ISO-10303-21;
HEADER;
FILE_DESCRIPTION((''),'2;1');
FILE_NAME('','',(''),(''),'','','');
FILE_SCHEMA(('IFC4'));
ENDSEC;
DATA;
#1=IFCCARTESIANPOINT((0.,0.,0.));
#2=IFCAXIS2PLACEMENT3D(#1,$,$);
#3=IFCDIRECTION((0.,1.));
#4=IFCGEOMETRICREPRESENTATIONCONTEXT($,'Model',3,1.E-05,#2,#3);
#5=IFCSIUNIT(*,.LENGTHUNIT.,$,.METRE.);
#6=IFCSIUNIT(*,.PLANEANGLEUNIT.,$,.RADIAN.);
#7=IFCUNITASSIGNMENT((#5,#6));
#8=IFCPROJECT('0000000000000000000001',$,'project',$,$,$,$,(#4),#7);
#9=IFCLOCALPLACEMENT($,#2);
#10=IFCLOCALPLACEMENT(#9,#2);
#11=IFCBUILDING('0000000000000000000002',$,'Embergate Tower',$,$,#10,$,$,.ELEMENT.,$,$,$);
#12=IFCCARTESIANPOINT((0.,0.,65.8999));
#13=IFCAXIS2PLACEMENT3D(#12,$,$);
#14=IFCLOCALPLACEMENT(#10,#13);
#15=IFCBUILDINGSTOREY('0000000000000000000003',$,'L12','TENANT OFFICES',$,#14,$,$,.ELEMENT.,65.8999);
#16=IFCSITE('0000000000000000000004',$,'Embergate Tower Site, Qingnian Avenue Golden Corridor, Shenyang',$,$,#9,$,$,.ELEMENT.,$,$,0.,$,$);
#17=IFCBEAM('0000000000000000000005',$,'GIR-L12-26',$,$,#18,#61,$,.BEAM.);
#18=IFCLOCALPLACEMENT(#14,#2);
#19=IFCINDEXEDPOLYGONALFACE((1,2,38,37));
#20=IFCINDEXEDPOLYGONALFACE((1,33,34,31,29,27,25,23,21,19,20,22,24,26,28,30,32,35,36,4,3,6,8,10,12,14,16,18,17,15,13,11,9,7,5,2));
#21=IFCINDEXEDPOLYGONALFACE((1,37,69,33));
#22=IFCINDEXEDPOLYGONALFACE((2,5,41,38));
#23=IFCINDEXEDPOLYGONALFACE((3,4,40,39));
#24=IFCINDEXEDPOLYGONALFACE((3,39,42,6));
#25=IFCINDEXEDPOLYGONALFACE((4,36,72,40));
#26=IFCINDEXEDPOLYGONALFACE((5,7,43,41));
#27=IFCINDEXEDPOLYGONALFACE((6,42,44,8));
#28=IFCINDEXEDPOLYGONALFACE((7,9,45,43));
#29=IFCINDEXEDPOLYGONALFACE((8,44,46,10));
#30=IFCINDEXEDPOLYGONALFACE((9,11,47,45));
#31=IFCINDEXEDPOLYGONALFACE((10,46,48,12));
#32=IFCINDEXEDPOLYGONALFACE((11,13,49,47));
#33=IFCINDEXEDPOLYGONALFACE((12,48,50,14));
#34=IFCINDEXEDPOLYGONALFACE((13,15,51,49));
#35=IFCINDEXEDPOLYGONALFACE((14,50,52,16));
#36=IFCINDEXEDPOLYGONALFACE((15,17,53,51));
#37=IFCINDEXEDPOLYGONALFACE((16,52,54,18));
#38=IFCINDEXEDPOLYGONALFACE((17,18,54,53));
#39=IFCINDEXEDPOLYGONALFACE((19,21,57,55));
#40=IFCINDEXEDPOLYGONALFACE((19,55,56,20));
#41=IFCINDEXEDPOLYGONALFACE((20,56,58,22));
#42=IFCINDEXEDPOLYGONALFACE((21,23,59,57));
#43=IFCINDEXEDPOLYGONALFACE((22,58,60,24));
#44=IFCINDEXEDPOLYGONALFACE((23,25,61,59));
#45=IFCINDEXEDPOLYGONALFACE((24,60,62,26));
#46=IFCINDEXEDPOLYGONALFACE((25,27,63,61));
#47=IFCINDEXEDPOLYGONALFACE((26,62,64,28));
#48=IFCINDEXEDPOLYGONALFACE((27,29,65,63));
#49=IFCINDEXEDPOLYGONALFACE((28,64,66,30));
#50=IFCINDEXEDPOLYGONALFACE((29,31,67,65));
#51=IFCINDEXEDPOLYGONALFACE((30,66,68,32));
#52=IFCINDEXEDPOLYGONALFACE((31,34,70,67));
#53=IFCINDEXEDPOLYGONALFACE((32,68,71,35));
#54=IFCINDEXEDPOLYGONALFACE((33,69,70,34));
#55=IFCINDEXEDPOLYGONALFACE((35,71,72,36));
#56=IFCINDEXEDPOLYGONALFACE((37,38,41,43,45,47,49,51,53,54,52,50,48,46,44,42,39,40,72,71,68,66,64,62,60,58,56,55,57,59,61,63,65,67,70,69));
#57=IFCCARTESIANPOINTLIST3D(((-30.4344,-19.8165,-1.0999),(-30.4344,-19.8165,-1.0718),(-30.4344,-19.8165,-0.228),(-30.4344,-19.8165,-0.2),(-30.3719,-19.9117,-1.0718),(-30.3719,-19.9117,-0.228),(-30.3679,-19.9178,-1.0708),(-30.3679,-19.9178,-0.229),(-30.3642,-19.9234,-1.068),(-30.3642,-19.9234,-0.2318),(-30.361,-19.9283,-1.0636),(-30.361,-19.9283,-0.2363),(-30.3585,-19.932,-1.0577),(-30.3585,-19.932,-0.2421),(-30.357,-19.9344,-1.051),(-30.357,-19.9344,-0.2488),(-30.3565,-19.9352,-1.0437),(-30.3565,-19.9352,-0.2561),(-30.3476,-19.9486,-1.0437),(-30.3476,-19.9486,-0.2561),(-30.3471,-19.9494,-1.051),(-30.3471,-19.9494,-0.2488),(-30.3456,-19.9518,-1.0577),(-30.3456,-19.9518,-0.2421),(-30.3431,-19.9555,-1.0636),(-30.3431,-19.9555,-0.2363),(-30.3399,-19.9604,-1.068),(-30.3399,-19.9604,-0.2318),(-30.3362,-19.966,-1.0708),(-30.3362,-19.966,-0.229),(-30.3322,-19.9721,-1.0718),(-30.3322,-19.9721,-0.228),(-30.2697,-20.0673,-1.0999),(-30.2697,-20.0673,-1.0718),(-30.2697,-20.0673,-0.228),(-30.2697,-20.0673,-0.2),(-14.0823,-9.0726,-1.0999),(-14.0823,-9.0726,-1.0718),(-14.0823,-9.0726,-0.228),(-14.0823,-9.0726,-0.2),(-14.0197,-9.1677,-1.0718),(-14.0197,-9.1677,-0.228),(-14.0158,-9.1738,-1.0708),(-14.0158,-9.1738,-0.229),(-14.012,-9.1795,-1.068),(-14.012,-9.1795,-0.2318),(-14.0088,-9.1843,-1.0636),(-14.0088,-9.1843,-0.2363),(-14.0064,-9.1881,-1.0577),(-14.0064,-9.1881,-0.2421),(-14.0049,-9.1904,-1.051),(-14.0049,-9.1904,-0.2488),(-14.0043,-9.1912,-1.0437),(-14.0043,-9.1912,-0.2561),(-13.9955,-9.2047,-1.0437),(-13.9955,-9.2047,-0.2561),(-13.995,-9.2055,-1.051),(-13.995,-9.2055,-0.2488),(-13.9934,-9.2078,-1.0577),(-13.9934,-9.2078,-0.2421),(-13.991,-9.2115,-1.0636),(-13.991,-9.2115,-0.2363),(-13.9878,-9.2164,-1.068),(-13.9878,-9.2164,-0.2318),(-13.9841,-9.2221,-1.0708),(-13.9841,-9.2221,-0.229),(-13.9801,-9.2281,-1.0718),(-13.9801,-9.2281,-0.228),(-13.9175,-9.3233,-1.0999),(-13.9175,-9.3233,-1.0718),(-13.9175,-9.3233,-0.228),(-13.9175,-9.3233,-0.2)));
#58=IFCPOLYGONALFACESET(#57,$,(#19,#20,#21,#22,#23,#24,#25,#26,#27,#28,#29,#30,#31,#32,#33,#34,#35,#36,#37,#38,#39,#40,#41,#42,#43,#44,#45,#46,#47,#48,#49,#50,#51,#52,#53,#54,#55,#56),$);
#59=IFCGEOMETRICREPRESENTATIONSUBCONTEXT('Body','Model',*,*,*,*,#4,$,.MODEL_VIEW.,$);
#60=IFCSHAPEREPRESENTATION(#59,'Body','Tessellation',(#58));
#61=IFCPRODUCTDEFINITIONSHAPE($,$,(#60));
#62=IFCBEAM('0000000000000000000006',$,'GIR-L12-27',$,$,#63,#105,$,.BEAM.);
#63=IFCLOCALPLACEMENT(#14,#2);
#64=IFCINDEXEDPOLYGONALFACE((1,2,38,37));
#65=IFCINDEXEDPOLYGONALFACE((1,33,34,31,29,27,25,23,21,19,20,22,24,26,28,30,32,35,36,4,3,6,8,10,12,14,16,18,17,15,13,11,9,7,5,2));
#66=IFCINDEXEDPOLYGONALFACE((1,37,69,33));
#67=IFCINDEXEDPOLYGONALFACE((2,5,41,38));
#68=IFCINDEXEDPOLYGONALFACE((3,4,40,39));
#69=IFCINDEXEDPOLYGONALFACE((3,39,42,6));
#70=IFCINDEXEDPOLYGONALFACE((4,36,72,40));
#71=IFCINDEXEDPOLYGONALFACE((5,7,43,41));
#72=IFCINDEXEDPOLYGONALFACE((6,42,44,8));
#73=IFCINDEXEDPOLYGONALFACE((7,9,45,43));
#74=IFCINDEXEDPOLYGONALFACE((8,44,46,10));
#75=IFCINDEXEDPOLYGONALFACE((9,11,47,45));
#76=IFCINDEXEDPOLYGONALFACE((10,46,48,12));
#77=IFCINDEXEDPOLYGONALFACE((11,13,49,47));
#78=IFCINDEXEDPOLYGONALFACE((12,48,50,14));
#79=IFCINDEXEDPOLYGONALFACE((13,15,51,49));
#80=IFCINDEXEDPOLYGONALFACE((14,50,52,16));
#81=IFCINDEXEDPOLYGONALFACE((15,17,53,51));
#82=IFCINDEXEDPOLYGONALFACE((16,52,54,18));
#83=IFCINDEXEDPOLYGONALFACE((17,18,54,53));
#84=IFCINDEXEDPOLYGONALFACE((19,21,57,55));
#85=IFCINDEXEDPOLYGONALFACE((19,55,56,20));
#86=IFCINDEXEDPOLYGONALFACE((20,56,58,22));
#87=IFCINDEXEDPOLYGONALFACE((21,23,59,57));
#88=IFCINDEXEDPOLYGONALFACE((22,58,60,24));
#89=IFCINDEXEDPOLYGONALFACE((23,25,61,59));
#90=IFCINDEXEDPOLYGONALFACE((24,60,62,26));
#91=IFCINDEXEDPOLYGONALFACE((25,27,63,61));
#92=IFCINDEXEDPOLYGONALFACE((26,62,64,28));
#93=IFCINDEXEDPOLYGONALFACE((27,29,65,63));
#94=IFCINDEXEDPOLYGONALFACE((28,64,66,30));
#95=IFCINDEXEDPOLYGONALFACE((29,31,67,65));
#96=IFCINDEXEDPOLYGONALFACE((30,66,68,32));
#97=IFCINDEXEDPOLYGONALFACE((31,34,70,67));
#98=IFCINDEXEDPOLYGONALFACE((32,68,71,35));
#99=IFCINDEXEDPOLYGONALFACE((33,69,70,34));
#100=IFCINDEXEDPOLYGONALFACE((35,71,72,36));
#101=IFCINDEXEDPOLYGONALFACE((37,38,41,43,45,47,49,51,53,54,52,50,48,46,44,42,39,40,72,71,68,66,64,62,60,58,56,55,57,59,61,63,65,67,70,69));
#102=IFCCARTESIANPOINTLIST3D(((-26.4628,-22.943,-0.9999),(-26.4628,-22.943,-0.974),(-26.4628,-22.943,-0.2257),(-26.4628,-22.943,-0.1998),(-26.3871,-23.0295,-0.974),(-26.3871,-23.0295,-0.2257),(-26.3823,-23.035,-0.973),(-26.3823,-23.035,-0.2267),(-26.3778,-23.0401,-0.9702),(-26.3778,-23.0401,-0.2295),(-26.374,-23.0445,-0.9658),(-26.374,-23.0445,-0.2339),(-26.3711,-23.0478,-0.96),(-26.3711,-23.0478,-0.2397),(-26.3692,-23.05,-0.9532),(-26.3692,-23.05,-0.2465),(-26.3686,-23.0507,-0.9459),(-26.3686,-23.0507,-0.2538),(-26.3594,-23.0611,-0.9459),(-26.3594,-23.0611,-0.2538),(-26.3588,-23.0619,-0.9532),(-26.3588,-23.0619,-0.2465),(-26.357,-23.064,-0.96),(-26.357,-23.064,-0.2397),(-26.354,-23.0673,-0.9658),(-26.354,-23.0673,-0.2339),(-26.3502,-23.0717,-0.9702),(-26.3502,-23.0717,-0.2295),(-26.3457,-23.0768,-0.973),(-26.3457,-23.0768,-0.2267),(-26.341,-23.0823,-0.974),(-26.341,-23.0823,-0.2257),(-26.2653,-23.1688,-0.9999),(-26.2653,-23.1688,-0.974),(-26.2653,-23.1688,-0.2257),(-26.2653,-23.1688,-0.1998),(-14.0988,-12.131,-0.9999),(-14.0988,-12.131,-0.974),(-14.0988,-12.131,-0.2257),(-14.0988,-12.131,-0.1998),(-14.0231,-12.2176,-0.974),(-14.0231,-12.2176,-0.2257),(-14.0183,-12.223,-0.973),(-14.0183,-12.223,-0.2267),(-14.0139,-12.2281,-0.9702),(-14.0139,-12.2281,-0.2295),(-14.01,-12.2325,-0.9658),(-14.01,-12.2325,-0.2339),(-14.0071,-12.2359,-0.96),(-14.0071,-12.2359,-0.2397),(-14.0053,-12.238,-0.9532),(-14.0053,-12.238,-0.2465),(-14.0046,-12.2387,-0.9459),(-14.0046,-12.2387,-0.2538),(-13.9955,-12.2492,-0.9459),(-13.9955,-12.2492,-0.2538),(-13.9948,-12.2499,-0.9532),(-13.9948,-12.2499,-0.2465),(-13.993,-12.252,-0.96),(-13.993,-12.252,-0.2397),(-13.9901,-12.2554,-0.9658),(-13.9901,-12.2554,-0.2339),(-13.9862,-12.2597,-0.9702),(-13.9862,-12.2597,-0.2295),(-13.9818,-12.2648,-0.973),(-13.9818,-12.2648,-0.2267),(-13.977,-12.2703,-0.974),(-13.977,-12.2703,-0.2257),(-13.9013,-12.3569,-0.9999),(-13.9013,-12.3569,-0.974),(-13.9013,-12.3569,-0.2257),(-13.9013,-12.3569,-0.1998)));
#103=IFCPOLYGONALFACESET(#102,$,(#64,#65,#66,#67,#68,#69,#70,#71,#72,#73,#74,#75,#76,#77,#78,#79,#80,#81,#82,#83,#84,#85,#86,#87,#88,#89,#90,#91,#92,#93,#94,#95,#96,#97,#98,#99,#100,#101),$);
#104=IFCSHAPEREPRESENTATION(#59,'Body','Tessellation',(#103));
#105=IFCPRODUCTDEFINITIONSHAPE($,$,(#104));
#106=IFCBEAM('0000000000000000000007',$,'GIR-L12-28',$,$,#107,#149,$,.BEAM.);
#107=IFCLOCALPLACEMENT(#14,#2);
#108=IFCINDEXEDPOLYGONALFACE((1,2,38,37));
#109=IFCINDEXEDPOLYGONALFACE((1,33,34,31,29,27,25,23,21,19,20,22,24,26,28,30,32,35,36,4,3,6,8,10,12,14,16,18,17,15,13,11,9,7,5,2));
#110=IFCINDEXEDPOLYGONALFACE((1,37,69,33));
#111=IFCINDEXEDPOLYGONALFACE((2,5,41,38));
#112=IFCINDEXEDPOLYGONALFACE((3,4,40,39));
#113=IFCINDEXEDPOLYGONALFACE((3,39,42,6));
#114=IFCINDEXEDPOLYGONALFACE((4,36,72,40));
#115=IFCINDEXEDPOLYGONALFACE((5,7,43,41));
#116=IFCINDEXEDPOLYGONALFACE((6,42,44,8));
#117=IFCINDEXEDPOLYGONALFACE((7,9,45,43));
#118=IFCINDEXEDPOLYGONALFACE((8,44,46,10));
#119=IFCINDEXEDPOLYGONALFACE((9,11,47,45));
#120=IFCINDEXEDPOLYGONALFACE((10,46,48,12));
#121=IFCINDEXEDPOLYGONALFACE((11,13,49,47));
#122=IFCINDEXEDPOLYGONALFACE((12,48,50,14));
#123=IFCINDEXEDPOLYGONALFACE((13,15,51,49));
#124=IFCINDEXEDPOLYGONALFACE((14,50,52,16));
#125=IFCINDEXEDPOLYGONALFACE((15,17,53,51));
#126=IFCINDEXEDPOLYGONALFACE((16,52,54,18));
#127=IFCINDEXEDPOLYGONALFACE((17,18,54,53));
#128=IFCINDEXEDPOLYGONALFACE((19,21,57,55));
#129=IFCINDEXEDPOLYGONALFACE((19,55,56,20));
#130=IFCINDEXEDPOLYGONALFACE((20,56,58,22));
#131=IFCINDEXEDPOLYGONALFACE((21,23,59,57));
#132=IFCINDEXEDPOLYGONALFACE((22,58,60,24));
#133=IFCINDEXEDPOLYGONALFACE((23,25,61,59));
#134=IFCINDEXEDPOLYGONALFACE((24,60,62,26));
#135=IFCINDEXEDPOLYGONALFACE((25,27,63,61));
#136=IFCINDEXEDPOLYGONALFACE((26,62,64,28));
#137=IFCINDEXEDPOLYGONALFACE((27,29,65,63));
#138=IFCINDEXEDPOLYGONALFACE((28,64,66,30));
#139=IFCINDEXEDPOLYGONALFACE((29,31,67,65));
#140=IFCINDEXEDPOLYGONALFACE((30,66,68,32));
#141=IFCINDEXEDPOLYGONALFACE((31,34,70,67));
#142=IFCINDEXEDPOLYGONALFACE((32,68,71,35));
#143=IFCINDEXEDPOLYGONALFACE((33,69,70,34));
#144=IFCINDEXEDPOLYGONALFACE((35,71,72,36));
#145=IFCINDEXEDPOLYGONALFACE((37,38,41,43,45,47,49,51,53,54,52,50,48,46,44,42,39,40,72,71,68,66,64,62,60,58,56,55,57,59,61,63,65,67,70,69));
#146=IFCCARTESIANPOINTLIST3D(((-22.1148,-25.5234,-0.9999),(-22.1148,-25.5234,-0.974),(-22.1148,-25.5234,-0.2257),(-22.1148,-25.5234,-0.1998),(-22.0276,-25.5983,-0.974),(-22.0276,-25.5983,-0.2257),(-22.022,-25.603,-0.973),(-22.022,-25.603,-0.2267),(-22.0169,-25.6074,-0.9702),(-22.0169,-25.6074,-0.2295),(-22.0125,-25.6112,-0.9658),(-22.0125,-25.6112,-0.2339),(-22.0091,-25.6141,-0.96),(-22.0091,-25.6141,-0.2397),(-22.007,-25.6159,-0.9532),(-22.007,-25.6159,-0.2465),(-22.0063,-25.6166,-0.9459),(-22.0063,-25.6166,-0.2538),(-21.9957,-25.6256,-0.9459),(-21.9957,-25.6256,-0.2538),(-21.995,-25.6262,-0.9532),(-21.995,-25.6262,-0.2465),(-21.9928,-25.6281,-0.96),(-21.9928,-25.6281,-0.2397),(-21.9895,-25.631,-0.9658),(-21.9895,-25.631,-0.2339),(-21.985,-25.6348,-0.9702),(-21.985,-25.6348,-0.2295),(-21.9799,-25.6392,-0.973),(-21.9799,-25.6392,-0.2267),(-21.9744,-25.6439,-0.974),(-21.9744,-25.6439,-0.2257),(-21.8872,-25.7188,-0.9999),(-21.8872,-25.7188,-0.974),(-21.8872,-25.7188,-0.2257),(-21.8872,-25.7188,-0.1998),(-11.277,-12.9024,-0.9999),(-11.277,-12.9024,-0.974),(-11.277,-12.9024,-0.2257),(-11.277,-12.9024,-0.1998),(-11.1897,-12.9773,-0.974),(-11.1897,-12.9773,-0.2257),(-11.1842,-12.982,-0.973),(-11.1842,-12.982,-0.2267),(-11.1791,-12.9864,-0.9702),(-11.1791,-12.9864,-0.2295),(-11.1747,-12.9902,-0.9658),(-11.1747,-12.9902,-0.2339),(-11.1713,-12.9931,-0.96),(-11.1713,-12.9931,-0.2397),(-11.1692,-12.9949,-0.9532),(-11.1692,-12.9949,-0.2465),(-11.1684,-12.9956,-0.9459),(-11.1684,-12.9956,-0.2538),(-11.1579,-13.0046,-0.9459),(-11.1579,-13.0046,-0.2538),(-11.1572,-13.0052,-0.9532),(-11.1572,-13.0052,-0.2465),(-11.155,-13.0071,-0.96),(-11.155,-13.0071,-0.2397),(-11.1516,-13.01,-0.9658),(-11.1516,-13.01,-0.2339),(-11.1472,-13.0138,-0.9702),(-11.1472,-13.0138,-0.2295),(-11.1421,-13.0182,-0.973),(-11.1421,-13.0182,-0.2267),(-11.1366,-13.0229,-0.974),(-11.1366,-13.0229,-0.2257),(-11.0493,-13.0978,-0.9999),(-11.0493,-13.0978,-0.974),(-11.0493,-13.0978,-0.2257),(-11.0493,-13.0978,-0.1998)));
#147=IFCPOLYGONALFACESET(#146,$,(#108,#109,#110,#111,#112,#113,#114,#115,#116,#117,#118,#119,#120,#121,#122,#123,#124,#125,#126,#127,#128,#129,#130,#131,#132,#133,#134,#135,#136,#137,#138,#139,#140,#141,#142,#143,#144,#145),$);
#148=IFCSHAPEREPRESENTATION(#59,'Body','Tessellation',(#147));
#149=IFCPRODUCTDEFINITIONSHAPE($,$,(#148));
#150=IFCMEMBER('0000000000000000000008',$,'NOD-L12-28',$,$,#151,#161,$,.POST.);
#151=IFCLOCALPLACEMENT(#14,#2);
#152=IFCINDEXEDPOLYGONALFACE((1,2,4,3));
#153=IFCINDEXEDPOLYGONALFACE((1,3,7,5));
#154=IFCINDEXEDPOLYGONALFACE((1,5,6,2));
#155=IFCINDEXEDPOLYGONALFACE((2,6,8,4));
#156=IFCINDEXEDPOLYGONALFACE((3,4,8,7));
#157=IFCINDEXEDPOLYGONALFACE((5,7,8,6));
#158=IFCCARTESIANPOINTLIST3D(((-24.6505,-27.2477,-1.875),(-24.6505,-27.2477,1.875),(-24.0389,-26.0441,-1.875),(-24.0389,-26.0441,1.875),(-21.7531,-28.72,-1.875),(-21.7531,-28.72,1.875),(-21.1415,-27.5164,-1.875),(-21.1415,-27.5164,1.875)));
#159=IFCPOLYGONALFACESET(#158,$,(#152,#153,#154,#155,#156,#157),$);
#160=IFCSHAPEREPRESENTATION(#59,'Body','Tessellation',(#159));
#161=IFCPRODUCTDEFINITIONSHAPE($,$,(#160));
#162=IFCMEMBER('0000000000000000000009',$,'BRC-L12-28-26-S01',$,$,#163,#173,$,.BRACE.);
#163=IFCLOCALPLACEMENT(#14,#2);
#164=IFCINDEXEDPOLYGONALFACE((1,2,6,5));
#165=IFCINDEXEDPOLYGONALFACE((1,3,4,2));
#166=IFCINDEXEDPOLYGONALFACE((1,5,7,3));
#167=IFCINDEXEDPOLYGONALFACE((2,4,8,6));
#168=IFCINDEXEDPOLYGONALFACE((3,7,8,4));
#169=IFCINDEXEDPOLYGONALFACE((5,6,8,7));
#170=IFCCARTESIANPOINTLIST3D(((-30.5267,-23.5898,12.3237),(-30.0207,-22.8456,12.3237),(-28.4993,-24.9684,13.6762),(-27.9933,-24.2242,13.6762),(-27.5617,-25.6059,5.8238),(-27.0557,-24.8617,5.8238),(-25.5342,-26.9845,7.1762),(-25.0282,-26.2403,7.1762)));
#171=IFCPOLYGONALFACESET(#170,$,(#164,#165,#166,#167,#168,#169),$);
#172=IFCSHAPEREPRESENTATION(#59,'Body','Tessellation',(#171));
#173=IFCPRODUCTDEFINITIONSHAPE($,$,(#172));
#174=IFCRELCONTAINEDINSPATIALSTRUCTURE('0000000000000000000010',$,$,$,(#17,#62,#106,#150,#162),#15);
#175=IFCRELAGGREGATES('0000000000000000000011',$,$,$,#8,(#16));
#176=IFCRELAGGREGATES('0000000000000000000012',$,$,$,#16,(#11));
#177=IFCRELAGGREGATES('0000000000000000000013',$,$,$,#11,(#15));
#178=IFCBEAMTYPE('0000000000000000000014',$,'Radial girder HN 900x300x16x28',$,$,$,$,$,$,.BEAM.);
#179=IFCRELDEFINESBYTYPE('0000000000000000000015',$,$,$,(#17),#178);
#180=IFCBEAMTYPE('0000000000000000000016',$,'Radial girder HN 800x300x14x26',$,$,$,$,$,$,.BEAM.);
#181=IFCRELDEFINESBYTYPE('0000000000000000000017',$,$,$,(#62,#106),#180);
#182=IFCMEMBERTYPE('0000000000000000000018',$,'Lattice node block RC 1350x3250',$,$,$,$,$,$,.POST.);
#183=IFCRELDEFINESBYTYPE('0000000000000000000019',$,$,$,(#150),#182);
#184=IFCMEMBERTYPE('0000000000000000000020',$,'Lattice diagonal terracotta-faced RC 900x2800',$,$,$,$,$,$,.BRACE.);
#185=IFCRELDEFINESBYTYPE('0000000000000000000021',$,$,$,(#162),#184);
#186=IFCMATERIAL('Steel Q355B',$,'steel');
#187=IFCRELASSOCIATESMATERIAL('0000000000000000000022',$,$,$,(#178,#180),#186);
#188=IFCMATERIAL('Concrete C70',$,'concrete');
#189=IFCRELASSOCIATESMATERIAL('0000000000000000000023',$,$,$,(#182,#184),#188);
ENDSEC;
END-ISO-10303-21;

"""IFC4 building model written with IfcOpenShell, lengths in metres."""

from ifc_helpers import new_model, si_unit, direction, frame, origin, origin_2d, place, context, subcontext, project, spatial, rectangle, i_section, extrude, source, transform, mapped, material, material_profile, profile_set, type_object, element, save


model = new_model("IFC4")

# Units and contexts
model_context = context("Model", 3, precision=1e-05, world=origin(), true_north=direction((0.0, 1.0)))
body_context = subcontext(model_context, "Body", "Model", "MODEL_VIEW")
ifc_project = project(units=[si_unit("LENGTHUNIT", "METRE"), si_unit("PLANEANGLEUNIT", "RADIAN")], contexts=[model_context])

# Site, building, storey
site_placement = place(None, origin())
site = spatial("IfcSite", under=ifc_project, at=site_placement, Name="Embergate Tower Site, Qingnian Avenue Golden Corridor, Shenyang", CompositionType="ELEMENT", RefElevation=0.0)
building_placement = place(site_placement, origin())
building = spatial("IfcBuilding", under=site, at=building_placement, Name="Embergate Tower", CompositionType="ELEMENT")
storey_placement = place(building_placement, frame((0.0, 0.0, 65.8999)))
storey = spatial("IfcBuildingStorey", under=building, at=storey_placement, Name="L12", Description="TENANT OFFICES", CompositionType="ELEMENT", Elevation=65.8999)

# Shared definitions
ifc_material_1 = material(Name="Concrete C70", Category="concrete")

# Beams
ifc_material_2 = material(Name="Steel Q355B", Category="steel")
ifc_material_profile_1 = material_profile(ifc_material_2, i_section(OverallWidth=0.3, OverallDepth=0.8999, WebThickness=0.0161, FlangeThickness=0.0281, FilletRadius=0.0281, at=origin_2d()), Name="HN 900x300x16x28")
ifc_profile_set_1 = profile_set([ifc_material_profile_1], Name="Steel Q355 grade B")
beam_type_1 = type_object("IfcBeamType", Name="Radial girder HN 900x300x16x28", PredefinedType="BEAM", material=ifc_profile_set_1)
shared_shape_1 = source(origin(), body_context, "Body", "SweptSolid", [
    extrude(i_section(OverallWidth=0.3, OverallDepth=0.8999, WebThickness=0.0161, FlangeThickness=0.0281, FilletRadius=0.0281, at=origin_2d()), origin(), (0.0, 0.0, 1.0), 19.5659),
])
beam_1_placement = place(storey_placement, frame((-30.3521, -19.9419, -0.6499), z_axis=(0.835746, 0.549116, 0.0), x_axis=(-0.549116, 0.835746, 0.0)))
element("IfcBeam", 1, at=beam_1_placement, inside=storey, type_object=beam_type_1, Name="GIR-L12-26", PredefinedType="BEAM", context=body_context, shape_type="MappedRepresentation", body=[
    mapped(shared_shape_1, transform((0.0, 0.0, 0.0))),
])
ifc_material_profile_2 = material_profile(ifc_material_2, i_section(OverallWidth=0.3, OverallDepth=0.8, WebThickness=0.0139, FlangeThickness=0.0259, FilletRadius=0.0281, at=origin_2d()), Name="HN 800x300x14x26")
ifc_profile_set_2 = profile_set([ifc_material_profile_2], Name="Steel Q355 grade B")
beam_type_2 = type_object("IfcBeamType", Name="Radial girder HN 800x300x14x26", PredefinedType="BEAM", material=ifc_profile_set_2)
shared_shape_2 = source(origin(), body_context, "Body", "SweptSolid", [
    extrude(i_section(OverallWidth=0.3, OverallDepth=0.8, WebThickness=0.0139, FlangeThickness=0.0259, FilletRadius=0.0281, at=origin_2d()), origin(), (0.0, 0.0, 1.0), 16.4246),
])
beam_2_placement = place(storey_placement, frame((-26.364, -23.0559, -0.5999), z_axis=(0.752773, 0.65828, 0.0), x_axis=(-0.65828, 0.752773, 0.0)))
element("IfcBeam", 2, at=beam_2_placement, inside=storey, type_object=beam_type_2, Name="GIR-L12-27", PredefinedType="BEAM", context=body_context, shape_type="MappedRepresentation", body=[
    mapped(shared_shape_2, transform((0.0, 0.0, 0.0))),
])
shared_shape_3 = source(origin(), body_context, "Body", "SweptSolid", [
    extrude(i_section(OverallWidth=0.3, OverallDepth=0.8, WebThickness=0.0139, FlangeThickness=0.0259, FilletRadius=0.0281, at=origin_2d()), origin(), (0.0, 0.0, 1.0), 16.6357),
])
beam_3_placement = place(storey_placement, frame((-22.001, -25.6211, -0.5999), z_axis=(0.651478, 0.758668, 0.0), x_axis=(-0.758668, 0.651478, 0.0)))
element("IfcBeam", 3, at=beam_3_placement, inside=storey, type_object=beam_type_2, Name="GIR-L12-28", PredefinedType="BEAM", context=body_context, shape_type="MappedRepresentation", body=[
    mapped(shared_shape_3, transform((0.0, 0.0, 0.0))),
])

# Members
ifc_material_profile_3 = material_profile(ifc_material_1, rectangle(XDim=1.3501, YDim=3.25, at=origin_2d()), Name="RC 1350x3250")
ifc_profile_set_3 = profile_set([ifc_material_profile_3], Name="Concrete C70")
member_type_1 = type_object("IfcMemberType", Name="Lattice node block RC 1350x3250", PredefinedType="POST", material=ifc_profile_set_3)
shared_shape_4 = source(origin(), body_context, "Body", "SweptSolid", [
    extrude(rectangle(XDim=1.3501, YDim=3.25, at=origin_2d()), origin(), (0.0, 0.0, 1.0), 3.75),
])
member_1_placement = place(storey_placement, frame((-22.896, -27.3821, -1.875), z_axis=(0.0, 0.0, 1.0), x_axis=(-0.453011, -0.891505, 0.0)))
element("IfcMember", 4, at=member_1_placement, inside=storey, type_object=member_type_1, Name="NOD-L12-28", PredefinedType="POST", context=body_context, shape_type="MappedRepresentation", body=[
    mapped(shared_shape_4, transform((0.0, 0.0, 0.0))),
])
ifc_material_profile_4 = material_profile(ifc_material_1, rectangle(XDim=0.8999, YDim=2.8, at=origin_2d()), Name="RC 900x2800")
ifc_profile_set_4 = profile_set([ifc_material_profile_4], Name="Concrete C70")
member_type_2 = type_object("IfcMemberType", Name="Lattice diagonal terracotta-faced RC 900x2800", PredefinedType="BRACE", material=ifc_profile_set_4)
shared_shape_5 = source(origin(), body_context, "Body", "SweptSolid", [
    extrude(rectangle(XDim=0.8999, YDim=2.8, at=origin_2d()), origin(), (0.0, 0.0, 1.0), 7.4233),
])
member_2_placement = place(storey_placement, frame((-26.2949, -25.9231, 6.5), z_axis=(-0.399426, 0.27159, 0.875613), x_axis=(-0.562282, -0.826945, 0.0)))
element("IfcMember", 5, at=member_2_placement, inside=storey, type_object=member_type_2, Name="BRC-L12-28-26-S01", PredefinedType="BRACE", context=body_context, shape_type="MappedRepresentation", body=[
    mapped(shared_shape_5, transform((0.0, 0.0, 0.0))),
])

save(model, "model.ifc")
